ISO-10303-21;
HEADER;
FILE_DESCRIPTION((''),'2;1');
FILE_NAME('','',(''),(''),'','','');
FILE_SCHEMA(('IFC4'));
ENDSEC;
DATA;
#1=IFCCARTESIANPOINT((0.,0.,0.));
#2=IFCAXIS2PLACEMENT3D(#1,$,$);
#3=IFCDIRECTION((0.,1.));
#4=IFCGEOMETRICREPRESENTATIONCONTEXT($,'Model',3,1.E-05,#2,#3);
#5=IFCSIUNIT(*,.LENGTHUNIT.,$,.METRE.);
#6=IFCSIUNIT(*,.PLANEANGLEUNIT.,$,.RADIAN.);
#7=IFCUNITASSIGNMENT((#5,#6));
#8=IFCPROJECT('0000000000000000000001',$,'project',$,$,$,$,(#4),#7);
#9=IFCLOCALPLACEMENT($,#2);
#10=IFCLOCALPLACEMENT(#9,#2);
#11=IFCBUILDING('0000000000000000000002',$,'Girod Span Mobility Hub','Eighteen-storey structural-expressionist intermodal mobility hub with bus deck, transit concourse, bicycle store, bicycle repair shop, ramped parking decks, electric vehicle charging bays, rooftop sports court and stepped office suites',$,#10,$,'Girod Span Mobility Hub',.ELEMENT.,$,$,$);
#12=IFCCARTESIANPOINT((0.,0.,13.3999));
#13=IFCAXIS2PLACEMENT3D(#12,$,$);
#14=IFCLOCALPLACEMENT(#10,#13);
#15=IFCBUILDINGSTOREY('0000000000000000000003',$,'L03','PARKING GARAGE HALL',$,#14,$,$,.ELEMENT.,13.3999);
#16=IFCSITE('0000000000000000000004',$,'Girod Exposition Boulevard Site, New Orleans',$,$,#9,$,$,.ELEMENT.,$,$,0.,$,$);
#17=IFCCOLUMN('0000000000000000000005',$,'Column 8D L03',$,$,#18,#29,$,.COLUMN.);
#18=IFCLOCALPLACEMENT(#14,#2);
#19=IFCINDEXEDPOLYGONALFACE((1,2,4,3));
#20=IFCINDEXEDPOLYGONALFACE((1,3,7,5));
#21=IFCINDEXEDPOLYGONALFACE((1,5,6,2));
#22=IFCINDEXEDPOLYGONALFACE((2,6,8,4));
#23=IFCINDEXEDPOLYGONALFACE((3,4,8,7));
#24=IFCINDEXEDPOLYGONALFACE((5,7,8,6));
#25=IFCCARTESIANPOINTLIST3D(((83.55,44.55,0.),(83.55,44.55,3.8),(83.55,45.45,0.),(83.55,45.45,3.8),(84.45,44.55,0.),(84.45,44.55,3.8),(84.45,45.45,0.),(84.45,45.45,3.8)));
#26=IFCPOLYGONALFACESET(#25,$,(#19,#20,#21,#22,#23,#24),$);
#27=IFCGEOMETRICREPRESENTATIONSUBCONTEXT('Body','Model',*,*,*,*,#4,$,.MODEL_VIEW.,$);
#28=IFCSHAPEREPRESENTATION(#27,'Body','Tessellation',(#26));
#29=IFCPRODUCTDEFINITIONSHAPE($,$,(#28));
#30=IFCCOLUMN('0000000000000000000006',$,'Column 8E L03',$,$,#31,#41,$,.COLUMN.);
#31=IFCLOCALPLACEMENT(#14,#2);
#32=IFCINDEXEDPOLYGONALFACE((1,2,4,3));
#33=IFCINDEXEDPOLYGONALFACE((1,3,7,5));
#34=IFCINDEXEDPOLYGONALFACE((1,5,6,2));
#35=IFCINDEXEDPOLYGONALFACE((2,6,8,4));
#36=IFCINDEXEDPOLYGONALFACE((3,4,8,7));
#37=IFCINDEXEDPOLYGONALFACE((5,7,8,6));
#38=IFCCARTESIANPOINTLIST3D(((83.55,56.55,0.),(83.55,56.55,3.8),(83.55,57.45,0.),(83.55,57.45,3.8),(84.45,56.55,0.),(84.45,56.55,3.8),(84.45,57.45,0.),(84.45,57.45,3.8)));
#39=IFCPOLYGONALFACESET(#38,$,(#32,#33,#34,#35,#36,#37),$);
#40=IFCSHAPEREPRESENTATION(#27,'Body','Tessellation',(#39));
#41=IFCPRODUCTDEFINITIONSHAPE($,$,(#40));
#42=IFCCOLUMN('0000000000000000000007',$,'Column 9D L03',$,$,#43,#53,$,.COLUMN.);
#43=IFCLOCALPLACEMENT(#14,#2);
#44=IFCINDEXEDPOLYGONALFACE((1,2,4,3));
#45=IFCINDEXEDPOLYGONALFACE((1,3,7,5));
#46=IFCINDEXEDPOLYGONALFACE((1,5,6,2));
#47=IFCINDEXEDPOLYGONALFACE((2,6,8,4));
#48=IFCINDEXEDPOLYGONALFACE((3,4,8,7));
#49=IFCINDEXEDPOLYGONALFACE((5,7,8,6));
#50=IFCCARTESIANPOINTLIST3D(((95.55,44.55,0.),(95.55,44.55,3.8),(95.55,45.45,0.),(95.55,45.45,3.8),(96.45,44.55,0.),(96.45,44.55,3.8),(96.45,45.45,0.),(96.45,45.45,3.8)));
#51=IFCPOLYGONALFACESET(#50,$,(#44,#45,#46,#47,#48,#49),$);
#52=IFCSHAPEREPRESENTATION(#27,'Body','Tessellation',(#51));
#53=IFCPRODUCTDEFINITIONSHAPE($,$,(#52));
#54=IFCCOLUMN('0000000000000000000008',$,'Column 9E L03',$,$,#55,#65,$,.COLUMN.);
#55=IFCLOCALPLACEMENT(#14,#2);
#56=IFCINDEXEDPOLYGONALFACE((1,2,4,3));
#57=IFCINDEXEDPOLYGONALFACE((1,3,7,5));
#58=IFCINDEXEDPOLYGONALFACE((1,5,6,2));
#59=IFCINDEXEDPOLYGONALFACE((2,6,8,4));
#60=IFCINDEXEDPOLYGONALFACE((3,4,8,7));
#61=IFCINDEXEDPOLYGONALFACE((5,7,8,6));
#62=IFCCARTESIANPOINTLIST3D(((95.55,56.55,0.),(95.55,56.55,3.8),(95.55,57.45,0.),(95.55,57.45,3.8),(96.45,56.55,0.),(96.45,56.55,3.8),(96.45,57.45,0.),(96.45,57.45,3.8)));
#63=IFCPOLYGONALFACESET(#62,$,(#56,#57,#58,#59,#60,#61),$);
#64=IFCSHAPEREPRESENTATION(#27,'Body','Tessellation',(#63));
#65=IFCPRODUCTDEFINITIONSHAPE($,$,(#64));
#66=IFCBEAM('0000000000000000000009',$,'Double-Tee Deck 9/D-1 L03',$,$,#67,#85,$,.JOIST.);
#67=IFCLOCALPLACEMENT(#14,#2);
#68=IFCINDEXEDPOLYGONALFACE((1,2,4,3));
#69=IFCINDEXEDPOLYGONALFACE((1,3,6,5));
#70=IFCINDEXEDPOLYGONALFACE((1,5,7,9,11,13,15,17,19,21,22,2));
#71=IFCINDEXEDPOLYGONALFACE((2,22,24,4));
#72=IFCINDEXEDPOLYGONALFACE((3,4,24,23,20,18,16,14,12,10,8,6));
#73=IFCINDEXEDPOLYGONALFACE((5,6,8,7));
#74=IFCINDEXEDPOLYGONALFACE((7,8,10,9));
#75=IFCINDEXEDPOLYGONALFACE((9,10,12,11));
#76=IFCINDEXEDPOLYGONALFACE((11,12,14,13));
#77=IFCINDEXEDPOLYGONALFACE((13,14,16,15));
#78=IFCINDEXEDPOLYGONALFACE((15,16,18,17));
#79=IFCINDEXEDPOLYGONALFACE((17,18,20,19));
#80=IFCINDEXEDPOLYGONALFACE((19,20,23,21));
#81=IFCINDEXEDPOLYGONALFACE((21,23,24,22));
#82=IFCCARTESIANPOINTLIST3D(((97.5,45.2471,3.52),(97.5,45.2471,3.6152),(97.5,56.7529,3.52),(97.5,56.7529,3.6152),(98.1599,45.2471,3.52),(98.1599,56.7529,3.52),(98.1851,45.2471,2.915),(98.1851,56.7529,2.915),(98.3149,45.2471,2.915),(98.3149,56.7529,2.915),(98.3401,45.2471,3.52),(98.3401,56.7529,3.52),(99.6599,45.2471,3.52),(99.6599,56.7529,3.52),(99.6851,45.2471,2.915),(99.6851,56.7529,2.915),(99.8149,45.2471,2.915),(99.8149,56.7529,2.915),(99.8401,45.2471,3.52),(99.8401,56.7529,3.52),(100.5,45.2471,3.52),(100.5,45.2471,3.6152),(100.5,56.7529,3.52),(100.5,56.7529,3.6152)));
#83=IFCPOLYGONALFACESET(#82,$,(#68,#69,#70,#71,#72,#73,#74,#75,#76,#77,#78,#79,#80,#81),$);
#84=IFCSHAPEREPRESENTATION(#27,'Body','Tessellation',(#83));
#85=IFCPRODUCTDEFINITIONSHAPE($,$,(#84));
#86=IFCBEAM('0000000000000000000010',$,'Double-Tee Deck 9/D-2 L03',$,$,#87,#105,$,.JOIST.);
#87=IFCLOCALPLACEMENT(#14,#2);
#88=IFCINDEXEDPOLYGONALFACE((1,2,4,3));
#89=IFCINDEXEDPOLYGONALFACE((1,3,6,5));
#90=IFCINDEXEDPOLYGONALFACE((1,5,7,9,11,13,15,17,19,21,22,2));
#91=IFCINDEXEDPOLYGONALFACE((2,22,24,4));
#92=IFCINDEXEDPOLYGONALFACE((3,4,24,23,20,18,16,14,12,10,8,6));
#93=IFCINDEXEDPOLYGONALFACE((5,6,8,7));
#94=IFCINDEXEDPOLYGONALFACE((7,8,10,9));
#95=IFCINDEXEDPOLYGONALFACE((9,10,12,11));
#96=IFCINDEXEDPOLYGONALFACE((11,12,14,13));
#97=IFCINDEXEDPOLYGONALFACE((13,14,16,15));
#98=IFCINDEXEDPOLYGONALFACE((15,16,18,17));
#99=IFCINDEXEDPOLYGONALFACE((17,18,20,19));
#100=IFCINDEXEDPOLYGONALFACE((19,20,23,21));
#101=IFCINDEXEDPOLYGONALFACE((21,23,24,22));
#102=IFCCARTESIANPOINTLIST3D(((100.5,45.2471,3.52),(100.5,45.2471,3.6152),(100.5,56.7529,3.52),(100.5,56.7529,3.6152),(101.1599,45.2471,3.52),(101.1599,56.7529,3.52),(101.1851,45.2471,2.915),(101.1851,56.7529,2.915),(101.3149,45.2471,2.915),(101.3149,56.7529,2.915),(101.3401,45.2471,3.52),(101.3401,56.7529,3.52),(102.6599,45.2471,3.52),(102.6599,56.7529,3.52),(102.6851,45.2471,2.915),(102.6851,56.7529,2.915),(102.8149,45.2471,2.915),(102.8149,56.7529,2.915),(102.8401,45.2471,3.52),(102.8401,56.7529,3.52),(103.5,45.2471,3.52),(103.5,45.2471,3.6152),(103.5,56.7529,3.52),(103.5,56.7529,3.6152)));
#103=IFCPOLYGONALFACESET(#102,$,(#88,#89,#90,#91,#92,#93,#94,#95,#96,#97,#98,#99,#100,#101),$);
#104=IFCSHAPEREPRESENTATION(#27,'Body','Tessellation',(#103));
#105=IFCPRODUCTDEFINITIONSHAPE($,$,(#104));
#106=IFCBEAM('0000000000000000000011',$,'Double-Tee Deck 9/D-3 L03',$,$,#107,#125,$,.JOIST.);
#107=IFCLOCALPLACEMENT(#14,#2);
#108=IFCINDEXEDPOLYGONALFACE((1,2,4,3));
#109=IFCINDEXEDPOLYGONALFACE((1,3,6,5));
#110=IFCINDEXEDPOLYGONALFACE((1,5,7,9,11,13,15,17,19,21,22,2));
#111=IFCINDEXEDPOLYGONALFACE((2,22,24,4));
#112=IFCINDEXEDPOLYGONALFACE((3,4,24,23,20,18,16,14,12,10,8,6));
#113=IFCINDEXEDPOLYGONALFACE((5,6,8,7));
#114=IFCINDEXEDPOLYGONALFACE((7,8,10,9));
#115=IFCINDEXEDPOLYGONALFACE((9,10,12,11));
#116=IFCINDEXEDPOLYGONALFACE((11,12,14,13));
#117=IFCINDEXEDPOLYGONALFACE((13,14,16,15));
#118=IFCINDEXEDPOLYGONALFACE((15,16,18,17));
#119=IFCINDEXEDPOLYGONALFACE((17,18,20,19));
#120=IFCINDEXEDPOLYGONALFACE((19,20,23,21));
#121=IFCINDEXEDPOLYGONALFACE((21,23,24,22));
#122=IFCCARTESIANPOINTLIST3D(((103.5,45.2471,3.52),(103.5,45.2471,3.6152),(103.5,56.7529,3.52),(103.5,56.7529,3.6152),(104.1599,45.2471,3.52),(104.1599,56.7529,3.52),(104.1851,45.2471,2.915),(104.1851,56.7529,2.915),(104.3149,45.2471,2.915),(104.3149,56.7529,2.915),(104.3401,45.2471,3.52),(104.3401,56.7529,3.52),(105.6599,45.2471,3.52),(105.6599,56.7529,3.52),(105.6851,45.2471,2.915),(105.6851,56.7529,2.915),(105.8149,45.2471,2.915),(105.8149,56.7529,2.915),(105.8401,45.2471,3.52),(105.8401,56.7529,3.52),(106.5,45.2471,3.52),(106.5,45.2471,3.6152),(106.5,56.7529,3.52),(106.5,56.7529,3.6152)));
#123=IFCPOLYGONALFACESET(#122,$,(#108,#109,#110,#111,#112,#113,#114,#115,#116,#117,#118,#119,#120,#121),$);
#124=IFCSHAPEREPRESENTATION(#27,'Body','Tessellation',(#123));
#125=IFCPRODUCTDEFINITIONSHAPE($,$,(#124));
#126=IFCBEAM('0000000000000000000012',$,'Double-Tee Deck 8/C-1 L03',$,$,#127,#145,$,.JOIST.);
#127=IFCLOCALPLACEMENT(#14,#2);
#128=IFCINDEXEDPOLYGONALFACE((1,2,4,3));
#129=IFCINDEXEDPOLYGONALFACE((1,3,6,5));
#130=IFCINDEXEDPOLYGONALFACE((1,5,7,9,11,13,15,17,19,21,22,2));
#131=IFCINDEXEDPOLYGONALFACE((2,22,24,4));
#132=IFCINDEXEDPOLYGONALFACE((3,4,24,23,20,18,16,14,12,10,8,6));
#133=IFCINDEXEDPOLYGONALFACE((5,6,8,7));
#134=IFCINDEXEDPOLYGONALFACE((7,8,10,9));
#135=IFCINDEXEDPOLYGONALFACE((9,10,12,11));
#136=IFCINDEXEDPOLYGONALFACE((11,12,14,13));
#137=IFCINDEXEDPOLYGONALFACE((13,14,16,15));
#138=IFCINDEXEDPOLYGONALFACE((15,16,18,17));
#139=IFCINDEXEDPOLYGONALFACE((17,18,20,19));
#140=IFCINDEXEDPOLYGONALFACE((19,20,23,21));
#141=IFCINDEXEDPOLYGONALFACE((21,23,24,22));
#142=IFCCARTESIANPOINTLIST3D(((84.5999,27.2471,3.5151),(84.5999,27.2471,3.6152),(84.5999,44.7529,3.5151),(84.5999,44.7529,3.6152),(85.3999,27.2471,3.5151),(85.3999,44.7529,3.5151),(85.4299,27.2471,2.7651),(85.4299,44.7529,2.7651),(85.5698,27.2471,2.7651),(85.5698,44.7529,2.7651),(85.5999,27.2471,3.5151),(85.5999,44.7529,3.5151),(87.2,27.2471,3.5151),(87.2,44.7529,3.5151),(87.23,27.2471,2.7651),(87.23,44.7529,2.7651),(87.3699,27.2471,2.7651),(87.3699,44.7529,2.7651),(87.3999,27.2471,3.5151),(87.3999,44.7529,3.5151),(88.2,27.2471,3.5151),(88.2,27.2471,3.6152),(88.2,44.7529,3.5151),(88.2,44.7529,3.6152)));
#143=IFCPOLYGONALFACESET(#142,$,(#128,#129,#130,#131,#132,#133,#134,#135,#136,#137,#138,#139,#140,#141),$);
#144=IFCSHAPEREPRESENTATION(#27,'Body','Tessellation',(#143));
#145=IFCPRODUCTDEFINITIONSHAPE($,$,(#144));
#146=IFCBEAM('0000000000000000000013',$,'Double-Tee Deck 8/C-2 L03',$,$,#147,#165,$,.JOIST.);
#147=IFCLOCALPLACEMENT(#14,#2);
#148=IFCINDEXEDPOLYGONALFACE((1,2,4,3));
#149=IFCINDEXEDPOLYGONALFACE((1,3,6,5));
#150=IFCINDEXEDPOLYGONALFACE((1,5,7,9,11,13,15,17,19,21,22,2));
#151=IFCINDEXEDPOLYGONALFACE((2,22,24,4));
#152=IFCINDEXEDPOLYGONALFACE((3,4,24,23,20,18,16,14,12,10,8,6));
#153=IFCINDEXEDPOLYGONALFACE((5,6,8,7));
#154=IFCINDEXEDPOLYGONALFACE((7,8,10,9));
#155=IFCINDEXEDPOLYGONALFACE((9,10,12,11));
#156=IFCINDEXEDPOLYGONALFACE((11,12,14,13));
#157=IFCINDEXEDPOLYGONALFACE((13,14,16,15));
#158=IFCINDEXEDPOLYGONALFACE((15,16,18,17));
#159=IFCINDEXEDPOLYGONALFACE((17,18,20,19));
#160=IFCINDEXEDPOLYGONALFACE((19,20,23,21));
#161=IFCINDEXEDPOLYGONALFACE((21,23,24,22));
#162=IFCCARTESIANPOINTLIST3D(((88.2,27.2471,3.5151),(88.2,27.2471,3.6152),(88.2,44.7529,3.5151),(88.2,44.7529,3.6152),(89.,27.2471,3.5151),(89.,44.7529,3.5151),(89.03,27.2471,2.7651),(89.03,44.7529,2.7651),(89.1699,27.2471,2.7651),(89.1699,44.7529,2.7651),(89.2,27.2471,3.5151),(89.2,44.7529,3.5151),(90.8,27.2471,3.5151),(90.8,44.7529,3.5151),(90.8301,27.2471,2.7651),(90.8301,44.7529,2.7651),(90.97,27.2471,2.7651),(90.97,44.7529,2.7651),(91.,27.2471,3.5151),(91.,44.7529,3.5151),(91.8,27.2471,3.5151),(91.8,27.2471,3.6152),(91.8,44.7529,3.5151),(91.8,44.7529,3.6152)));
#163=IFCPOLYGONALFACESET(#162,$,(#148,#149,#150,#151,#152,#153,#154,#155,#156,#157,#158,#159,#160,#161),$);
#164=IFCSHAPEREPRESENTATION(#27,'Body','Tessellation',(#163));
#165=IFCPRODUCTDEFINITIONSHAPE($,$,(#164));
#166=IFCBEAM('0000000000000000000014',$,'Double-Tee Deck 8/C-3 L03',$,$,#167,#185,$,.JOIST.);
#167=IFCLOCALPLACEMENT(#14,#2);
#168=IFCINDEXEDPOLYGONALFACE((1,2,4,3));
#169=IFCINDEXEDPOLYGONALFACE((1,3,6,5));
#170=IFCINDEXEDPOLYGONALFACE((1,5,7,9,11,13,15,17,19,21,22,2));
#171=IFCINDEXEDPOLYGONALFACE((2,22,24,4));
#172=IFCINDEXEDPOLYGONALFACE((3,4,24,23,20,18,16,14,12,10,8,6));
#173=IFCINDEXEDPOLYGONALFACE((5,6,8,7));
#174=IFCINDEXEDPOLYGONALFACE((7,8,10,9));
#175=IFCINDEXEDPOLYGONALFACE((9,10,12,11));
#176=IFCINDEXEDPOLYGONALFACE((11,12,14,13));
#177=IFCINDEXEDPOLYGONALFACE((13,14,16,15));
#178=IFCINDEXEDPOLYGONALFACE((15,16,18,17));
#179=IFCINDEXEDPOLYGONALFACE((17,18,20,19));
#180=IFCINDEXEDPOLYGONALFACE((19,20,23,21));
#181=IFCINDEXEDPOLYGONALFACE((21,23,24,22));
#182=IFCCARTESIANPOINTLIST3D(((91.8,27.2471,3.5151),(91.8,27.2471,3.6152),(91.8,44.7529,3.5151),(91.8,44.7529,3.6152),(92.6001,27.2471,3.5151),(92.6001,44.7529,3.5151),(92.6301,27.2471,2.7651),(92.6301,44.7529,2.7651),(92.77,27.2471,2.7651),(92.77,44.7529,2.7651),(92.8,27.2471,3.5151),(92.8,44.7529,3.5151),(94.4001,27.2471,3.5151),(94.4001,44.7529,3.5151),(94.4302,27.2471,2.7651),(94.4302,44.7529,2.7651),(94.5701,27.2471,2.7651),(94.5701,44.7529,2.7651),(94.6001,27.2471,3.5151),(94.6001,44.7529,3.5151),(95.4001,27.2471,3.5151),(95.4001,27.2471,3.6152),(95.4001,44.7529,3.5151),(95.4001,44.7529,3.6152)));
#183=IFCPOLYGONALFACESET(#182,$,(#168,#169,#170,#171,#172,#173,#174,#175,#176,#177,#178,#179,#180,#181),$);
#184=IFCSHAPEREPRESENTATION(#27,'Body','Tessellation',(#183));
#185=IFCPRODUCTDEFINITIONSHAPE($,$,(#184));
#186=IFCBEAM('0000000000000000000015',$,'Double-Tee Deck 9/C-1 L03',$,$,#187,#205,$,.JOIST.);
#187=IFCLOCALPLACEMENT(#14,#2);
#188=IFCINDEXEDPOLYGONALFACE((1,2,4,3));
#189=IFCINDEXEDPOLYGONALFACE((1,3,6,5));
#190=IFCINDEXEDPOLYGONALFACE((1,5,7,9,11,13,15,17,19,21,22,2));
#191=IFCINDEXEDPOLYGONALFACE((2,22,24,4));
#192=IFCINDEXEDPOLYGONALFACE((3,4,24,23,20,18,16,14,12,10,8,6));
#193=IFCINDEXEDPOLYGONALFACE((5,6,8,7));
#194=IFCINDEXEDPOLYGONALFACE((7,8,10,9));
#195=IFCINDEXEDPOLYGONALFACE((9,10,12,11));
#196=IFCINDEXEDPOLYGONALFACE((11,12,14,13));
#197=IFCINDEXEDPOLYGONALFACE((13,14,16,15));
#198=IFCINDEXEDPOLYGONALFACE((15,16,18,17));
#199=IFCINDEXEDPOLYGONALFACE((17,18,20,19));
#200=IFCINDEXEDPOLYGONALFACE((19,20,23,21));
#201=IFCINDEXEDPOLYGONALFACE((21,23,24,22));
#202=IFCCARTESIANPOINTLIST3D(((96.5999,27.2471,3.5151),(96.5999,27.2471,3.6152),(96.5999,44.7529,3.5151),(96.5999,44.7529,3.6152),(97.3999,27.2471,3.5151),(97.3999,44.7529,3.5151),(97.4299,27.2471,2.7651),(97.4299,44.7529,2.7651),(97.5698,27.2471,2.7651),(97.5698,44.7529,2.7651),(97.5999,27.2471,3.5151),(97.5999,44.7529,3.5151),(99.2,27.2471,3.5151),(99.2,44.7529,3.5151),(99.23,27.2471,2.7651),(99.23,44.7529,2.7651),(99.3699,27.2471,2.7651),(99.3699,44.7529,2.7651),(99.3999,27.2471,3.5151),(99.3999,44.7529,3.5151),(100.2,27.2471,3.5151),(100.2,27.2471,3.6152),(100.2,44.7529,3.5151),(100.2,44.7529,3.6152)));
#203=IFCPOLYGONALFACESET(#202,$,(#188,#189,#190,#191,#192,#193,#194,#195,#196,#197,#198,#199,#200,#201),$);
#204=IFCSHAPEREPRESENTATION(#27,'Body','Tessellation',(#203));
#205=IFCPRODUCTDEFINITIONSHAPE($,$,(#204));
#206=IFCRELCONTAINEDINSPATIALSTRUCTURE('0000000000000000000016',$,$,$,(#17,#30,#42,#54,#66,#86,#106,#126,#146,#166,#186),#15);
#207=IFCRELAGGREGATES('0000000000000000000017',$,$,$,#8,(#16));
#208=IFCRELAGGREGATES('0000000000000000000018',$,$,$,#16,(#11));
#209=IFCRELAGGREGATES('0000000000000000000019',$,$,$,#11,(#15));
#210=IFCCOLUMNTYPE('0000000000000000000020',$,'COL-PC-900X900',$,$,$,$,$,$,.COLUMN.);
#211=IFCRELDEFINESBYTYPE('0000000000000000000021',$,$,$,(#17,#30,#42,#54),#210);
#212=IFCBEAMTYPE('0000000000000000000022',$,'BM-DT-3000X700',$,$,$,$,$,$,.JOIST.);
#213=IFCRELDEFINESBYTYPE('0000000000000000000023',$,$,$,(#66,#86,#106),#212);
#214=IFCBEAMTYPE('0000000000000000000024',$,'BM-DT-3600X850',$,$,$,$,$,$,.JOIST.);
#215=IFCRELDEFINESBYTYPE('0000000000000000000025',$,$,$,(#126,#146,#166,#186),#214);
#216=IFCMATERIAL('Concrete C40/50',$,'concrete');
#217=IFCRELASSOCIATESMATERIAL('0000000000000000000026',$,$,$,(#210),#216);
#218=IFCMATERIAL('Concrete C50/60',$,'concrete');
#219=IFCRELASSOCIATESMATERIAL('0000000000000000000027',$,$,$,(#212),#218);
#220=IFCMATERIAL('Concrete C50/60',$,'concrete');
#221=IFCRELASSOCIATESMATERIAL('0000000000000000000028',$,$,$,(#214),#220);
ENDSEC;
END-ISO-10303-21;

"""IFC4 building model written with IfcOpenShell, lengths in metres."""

from ifc_helpers import new_model, si_unit, direction, frame, origin, origin_2d, place, context, subcontext, project, spatial, polyline, rectangle, outline, extrude, material, material_profile, profile_set, type_object, element, save


model = new_model("IFC4")

# Units and contexts
model_context = context("Model", 3, precision=1e-05, world=origin(), true_north=direction((0.0, 1.0)))
body_context = subcontext(model_context, "Body", "Model", "MODEL_VIEW")
ifc_project = project(units=[si_unit("LENGTHUNIT", "METRE"), si_unit("PLANEANGLEUNIT", "RADIAN")], contexts=[model_context])

# Site, building, storey
site_placement = place(None, origin())
site = spatial("IfcSite", under=ifc_project, at=site_placement, Name="Girod Exposition Boulevard Site, New Orleans", CompositionType="ELEMENT", RefElevation=0.0)
building_placement = place(site_placement, origin())
building = spatial("IfcBuilding", under=site, at=building_placement, Name="Girod Span Mobility Hub", Description="Eighteen-storey structural-expressionist intermodal mobility hub with bus deck, transit concourse, bicycle store, bicycle repair shop, ramped parking decks, electric vehicle charging bays, rooftop sports court and stepped office suites", LongName="Girod Span Mobility Hub", CompositionType="ELEMENT")
storey_placement = place(building_placement, frame((0.0, 0.0, 13.3999)))
storey = spatial("IfcBuildingStorey", under=building, at=storey_placement, Name="L03", Description="PARKING GARAGE HALL", CompositionType="ELEMENT", Elevation=13.3999)

# Columns
ifc_material_1 = material(Name="Concrete C40/50", Category="concrete")
ifc_material_profile_1 = material_profile(ifc_material_1, rectangle(XDim=0.8999, YDim=0.8999, at=origin_2d()), Name="PC-COL-900X900")
ifc_profile_set_1 = profile_set([ifc_material_profile_1], Name="Concrete C40/50")
column_type = type_object("IfcColumnType", Name="COL-PC-900X900", PredefinedType="COLUMN", material=ifc_profile_set_1)
for number, where, z_axis, x_axis, name in (
    (1, (84.0, 45.0, 0.0), (0.0, 0.0, 1.0), (1.0, 0.0, 0.0), "Column 8D L03"),
    (2, (84.0, 57.0, 0.0), (0.0, 0.0, 1.0), (1.0, 0.0, 0.0), "Column 8E L03"),
    (3, (96.0, 45.0, 0.0), (0.0, 0.0, 1.0), (1.0, 0.0, 0.0), "Column 9D L03"),
    (4, (96.0, 57.0, 0.0), (0.0, 0.0, 1.0), (1.0, 0.0, 0.0), "Column 9E L03"),
):
    element("IfcColumn", number, at=place(storey_placement, frame(where, z_axis=z_axis, x_axis=x_axis)), inside=storey, type_object=column_type, Name=name, PredefinedType="COLUMN", context=body_context, shape_type="SweptSolid", body=[
        extrude(rectangle(XDim=0.8999, YDim=0.8999, at=origin_2d()), origin(), (0.0, 0.0, 1.0), 3.8),
    ])

# Beams
ifc_material_2 = material(Name="Concrete C50/60", Category="concrete")
ifc_material_profile_2 = material_profile(ifc_material_2, outline(polyline([(-1.5, 0.3501), (-1.5, 0.2549), (-0.8401, 0.2549), (-0.8149, -0.3501), (-0.6851, -0.3501), (-0.6599, 0.2549), (0.6599, 0.2549), (0.6851, -0.3501), (0.8149, -0.3501), (0.8401, 0.2549), (1.5, 0.2549), (1.5, 0.3501), (-1.5, 0.3501)])), Name="DT-3000X700")
ifc_profile_set_2 = profile_set([ifc_material_profile_2], Name="Concrete C50/60")
beam_type_1 = type_object("IfcBeamType", Name="BM-DT-3000X700", PredefinedType="JOIST", material=ifc_profile_set_2)
for number, where, z_axis, x_axis, name in (
    (5, (99.0, 45.2471, 3.2651), (0.0, 1.0, 0.0), (-1.0, 0.0, 0.0), "Double-Tee Deck 9/D-1 L03"),
    (6, (102.0, 45.2471, 3.2651), (0.0, 1.0, 0.0), (-1.0, 0.0, 0.0), "Double-Tee Deck 9/D-2 L03"),
    (7, (105.0, 45.2471, 3.2651), (0.0, 1.0, 0.0), (-1.0, 0.0, 0.0), "Double-Tee Deck 9/D-3 L03"),
):
    element("IfcBeam", number, at=place(storey_placement, frame(where, z_axis=z_axis, x_axis=x_axis)), inside=storey, type_object=beam_type_1, Name=name, PredefinedType="JOIST", context=body_context, shape_type="SweptSolid", body=[
        extrude(outline(polyline([(-1.5, 0.3501), (-1.5, 0.2549), (-0.8401, 0.2549), (-0.8149, -0.3501), (-0.6851, -0.3501), (-0.6599, 0.2549), (0.6599, 0.2549), (0.6851, -0.3501), (0.8149, -0.3501), (0.8401, 0.2549), (1.5, 0.2549), (1.5, 0.3501), (-1.5, 0.3501)])), origin(), (0.0, 0.0, 1.0), 11.5059),
    ])
ifc_material_3 = material(Name="Concrete C50/60", Category="concrete")
ifc_material_profile_3 = material_profile(ifc_material_3, outline(polyline([(-1.8, 0.425), (-1.8, 0.325), (-1.0, 0.325), (-0.97, -0.425), (-0.8301, -0.425), (-0.8, 0.325), (0.8, 0.325), (0.8301, -0.425), (0.97, -0.425), (1.0, 0.325), (1.8, 0.325), (1.8, 0.425), (-1.8, 0.425)])), Name="DT-3600X850")
ifc_profile_set_3 = profile_set([ifc_material_profile_3], Name="Concrete C50/60")
beam_type_2 = type_object("IfcBeamType", Name="BM-DT-3600X850", PredefinedType="JOIST", material=ifc_profile_set_3)
for number, where, z_axis, x_axis, name in (
    (8, (86.3999, 27.2471, 3.1902), (0.0, 1.0, 0.0), (-1.0, 0.0, 0.0), "Double-Tee Deck 8/C-1 L03"),
    (9, (90.0, 27.2471, 3.1902), (0.0, 1.0, 0.0), (-1.0, 0.0, 0.0), "Double-Tee Deck 8/C-2 L03"),
    (10, (93.6001, 27.2471, 3.1902), (0.0, 1.0, 0.0), (-1.0, 0.0, 0.0), "Double-Tee Deck 8/C-3 L03"),
    (11, (98.3999, 27.2471, 3.1902), (0.0, 1.0, 0.0), (-1.0, 0.0, 0.0), "Double-Tee Deck 9/C-1 L03"),
):
    element("IfcBeam", number, at=place(storey_placement, frame(where, z_axis=z_axis, x_axis=x_axis)), inside=storey, type_object=beam_type_2, Name=name, PredefinedType="JOIST", context=body_context, shape_type="SweptSolid", body=[
        extrude(outline(polyline([(-1.8, 0.425), (-1.8, 0.325), (-1.0, 0.325), (-0.97, -0.425), (-0.8301, -0.425), (-0.8, 0.325), (0.8, 0.325), (0.8301, -0.425), (0.97, -0.425), (1.0, 0.325), (1.8, 0.325), (1.8, 0.425), (-1.8, 0.425)])), origin(), (0.0, 0.0, 1.0), 17.5059),
    ])

save(model, "model.ifc")
